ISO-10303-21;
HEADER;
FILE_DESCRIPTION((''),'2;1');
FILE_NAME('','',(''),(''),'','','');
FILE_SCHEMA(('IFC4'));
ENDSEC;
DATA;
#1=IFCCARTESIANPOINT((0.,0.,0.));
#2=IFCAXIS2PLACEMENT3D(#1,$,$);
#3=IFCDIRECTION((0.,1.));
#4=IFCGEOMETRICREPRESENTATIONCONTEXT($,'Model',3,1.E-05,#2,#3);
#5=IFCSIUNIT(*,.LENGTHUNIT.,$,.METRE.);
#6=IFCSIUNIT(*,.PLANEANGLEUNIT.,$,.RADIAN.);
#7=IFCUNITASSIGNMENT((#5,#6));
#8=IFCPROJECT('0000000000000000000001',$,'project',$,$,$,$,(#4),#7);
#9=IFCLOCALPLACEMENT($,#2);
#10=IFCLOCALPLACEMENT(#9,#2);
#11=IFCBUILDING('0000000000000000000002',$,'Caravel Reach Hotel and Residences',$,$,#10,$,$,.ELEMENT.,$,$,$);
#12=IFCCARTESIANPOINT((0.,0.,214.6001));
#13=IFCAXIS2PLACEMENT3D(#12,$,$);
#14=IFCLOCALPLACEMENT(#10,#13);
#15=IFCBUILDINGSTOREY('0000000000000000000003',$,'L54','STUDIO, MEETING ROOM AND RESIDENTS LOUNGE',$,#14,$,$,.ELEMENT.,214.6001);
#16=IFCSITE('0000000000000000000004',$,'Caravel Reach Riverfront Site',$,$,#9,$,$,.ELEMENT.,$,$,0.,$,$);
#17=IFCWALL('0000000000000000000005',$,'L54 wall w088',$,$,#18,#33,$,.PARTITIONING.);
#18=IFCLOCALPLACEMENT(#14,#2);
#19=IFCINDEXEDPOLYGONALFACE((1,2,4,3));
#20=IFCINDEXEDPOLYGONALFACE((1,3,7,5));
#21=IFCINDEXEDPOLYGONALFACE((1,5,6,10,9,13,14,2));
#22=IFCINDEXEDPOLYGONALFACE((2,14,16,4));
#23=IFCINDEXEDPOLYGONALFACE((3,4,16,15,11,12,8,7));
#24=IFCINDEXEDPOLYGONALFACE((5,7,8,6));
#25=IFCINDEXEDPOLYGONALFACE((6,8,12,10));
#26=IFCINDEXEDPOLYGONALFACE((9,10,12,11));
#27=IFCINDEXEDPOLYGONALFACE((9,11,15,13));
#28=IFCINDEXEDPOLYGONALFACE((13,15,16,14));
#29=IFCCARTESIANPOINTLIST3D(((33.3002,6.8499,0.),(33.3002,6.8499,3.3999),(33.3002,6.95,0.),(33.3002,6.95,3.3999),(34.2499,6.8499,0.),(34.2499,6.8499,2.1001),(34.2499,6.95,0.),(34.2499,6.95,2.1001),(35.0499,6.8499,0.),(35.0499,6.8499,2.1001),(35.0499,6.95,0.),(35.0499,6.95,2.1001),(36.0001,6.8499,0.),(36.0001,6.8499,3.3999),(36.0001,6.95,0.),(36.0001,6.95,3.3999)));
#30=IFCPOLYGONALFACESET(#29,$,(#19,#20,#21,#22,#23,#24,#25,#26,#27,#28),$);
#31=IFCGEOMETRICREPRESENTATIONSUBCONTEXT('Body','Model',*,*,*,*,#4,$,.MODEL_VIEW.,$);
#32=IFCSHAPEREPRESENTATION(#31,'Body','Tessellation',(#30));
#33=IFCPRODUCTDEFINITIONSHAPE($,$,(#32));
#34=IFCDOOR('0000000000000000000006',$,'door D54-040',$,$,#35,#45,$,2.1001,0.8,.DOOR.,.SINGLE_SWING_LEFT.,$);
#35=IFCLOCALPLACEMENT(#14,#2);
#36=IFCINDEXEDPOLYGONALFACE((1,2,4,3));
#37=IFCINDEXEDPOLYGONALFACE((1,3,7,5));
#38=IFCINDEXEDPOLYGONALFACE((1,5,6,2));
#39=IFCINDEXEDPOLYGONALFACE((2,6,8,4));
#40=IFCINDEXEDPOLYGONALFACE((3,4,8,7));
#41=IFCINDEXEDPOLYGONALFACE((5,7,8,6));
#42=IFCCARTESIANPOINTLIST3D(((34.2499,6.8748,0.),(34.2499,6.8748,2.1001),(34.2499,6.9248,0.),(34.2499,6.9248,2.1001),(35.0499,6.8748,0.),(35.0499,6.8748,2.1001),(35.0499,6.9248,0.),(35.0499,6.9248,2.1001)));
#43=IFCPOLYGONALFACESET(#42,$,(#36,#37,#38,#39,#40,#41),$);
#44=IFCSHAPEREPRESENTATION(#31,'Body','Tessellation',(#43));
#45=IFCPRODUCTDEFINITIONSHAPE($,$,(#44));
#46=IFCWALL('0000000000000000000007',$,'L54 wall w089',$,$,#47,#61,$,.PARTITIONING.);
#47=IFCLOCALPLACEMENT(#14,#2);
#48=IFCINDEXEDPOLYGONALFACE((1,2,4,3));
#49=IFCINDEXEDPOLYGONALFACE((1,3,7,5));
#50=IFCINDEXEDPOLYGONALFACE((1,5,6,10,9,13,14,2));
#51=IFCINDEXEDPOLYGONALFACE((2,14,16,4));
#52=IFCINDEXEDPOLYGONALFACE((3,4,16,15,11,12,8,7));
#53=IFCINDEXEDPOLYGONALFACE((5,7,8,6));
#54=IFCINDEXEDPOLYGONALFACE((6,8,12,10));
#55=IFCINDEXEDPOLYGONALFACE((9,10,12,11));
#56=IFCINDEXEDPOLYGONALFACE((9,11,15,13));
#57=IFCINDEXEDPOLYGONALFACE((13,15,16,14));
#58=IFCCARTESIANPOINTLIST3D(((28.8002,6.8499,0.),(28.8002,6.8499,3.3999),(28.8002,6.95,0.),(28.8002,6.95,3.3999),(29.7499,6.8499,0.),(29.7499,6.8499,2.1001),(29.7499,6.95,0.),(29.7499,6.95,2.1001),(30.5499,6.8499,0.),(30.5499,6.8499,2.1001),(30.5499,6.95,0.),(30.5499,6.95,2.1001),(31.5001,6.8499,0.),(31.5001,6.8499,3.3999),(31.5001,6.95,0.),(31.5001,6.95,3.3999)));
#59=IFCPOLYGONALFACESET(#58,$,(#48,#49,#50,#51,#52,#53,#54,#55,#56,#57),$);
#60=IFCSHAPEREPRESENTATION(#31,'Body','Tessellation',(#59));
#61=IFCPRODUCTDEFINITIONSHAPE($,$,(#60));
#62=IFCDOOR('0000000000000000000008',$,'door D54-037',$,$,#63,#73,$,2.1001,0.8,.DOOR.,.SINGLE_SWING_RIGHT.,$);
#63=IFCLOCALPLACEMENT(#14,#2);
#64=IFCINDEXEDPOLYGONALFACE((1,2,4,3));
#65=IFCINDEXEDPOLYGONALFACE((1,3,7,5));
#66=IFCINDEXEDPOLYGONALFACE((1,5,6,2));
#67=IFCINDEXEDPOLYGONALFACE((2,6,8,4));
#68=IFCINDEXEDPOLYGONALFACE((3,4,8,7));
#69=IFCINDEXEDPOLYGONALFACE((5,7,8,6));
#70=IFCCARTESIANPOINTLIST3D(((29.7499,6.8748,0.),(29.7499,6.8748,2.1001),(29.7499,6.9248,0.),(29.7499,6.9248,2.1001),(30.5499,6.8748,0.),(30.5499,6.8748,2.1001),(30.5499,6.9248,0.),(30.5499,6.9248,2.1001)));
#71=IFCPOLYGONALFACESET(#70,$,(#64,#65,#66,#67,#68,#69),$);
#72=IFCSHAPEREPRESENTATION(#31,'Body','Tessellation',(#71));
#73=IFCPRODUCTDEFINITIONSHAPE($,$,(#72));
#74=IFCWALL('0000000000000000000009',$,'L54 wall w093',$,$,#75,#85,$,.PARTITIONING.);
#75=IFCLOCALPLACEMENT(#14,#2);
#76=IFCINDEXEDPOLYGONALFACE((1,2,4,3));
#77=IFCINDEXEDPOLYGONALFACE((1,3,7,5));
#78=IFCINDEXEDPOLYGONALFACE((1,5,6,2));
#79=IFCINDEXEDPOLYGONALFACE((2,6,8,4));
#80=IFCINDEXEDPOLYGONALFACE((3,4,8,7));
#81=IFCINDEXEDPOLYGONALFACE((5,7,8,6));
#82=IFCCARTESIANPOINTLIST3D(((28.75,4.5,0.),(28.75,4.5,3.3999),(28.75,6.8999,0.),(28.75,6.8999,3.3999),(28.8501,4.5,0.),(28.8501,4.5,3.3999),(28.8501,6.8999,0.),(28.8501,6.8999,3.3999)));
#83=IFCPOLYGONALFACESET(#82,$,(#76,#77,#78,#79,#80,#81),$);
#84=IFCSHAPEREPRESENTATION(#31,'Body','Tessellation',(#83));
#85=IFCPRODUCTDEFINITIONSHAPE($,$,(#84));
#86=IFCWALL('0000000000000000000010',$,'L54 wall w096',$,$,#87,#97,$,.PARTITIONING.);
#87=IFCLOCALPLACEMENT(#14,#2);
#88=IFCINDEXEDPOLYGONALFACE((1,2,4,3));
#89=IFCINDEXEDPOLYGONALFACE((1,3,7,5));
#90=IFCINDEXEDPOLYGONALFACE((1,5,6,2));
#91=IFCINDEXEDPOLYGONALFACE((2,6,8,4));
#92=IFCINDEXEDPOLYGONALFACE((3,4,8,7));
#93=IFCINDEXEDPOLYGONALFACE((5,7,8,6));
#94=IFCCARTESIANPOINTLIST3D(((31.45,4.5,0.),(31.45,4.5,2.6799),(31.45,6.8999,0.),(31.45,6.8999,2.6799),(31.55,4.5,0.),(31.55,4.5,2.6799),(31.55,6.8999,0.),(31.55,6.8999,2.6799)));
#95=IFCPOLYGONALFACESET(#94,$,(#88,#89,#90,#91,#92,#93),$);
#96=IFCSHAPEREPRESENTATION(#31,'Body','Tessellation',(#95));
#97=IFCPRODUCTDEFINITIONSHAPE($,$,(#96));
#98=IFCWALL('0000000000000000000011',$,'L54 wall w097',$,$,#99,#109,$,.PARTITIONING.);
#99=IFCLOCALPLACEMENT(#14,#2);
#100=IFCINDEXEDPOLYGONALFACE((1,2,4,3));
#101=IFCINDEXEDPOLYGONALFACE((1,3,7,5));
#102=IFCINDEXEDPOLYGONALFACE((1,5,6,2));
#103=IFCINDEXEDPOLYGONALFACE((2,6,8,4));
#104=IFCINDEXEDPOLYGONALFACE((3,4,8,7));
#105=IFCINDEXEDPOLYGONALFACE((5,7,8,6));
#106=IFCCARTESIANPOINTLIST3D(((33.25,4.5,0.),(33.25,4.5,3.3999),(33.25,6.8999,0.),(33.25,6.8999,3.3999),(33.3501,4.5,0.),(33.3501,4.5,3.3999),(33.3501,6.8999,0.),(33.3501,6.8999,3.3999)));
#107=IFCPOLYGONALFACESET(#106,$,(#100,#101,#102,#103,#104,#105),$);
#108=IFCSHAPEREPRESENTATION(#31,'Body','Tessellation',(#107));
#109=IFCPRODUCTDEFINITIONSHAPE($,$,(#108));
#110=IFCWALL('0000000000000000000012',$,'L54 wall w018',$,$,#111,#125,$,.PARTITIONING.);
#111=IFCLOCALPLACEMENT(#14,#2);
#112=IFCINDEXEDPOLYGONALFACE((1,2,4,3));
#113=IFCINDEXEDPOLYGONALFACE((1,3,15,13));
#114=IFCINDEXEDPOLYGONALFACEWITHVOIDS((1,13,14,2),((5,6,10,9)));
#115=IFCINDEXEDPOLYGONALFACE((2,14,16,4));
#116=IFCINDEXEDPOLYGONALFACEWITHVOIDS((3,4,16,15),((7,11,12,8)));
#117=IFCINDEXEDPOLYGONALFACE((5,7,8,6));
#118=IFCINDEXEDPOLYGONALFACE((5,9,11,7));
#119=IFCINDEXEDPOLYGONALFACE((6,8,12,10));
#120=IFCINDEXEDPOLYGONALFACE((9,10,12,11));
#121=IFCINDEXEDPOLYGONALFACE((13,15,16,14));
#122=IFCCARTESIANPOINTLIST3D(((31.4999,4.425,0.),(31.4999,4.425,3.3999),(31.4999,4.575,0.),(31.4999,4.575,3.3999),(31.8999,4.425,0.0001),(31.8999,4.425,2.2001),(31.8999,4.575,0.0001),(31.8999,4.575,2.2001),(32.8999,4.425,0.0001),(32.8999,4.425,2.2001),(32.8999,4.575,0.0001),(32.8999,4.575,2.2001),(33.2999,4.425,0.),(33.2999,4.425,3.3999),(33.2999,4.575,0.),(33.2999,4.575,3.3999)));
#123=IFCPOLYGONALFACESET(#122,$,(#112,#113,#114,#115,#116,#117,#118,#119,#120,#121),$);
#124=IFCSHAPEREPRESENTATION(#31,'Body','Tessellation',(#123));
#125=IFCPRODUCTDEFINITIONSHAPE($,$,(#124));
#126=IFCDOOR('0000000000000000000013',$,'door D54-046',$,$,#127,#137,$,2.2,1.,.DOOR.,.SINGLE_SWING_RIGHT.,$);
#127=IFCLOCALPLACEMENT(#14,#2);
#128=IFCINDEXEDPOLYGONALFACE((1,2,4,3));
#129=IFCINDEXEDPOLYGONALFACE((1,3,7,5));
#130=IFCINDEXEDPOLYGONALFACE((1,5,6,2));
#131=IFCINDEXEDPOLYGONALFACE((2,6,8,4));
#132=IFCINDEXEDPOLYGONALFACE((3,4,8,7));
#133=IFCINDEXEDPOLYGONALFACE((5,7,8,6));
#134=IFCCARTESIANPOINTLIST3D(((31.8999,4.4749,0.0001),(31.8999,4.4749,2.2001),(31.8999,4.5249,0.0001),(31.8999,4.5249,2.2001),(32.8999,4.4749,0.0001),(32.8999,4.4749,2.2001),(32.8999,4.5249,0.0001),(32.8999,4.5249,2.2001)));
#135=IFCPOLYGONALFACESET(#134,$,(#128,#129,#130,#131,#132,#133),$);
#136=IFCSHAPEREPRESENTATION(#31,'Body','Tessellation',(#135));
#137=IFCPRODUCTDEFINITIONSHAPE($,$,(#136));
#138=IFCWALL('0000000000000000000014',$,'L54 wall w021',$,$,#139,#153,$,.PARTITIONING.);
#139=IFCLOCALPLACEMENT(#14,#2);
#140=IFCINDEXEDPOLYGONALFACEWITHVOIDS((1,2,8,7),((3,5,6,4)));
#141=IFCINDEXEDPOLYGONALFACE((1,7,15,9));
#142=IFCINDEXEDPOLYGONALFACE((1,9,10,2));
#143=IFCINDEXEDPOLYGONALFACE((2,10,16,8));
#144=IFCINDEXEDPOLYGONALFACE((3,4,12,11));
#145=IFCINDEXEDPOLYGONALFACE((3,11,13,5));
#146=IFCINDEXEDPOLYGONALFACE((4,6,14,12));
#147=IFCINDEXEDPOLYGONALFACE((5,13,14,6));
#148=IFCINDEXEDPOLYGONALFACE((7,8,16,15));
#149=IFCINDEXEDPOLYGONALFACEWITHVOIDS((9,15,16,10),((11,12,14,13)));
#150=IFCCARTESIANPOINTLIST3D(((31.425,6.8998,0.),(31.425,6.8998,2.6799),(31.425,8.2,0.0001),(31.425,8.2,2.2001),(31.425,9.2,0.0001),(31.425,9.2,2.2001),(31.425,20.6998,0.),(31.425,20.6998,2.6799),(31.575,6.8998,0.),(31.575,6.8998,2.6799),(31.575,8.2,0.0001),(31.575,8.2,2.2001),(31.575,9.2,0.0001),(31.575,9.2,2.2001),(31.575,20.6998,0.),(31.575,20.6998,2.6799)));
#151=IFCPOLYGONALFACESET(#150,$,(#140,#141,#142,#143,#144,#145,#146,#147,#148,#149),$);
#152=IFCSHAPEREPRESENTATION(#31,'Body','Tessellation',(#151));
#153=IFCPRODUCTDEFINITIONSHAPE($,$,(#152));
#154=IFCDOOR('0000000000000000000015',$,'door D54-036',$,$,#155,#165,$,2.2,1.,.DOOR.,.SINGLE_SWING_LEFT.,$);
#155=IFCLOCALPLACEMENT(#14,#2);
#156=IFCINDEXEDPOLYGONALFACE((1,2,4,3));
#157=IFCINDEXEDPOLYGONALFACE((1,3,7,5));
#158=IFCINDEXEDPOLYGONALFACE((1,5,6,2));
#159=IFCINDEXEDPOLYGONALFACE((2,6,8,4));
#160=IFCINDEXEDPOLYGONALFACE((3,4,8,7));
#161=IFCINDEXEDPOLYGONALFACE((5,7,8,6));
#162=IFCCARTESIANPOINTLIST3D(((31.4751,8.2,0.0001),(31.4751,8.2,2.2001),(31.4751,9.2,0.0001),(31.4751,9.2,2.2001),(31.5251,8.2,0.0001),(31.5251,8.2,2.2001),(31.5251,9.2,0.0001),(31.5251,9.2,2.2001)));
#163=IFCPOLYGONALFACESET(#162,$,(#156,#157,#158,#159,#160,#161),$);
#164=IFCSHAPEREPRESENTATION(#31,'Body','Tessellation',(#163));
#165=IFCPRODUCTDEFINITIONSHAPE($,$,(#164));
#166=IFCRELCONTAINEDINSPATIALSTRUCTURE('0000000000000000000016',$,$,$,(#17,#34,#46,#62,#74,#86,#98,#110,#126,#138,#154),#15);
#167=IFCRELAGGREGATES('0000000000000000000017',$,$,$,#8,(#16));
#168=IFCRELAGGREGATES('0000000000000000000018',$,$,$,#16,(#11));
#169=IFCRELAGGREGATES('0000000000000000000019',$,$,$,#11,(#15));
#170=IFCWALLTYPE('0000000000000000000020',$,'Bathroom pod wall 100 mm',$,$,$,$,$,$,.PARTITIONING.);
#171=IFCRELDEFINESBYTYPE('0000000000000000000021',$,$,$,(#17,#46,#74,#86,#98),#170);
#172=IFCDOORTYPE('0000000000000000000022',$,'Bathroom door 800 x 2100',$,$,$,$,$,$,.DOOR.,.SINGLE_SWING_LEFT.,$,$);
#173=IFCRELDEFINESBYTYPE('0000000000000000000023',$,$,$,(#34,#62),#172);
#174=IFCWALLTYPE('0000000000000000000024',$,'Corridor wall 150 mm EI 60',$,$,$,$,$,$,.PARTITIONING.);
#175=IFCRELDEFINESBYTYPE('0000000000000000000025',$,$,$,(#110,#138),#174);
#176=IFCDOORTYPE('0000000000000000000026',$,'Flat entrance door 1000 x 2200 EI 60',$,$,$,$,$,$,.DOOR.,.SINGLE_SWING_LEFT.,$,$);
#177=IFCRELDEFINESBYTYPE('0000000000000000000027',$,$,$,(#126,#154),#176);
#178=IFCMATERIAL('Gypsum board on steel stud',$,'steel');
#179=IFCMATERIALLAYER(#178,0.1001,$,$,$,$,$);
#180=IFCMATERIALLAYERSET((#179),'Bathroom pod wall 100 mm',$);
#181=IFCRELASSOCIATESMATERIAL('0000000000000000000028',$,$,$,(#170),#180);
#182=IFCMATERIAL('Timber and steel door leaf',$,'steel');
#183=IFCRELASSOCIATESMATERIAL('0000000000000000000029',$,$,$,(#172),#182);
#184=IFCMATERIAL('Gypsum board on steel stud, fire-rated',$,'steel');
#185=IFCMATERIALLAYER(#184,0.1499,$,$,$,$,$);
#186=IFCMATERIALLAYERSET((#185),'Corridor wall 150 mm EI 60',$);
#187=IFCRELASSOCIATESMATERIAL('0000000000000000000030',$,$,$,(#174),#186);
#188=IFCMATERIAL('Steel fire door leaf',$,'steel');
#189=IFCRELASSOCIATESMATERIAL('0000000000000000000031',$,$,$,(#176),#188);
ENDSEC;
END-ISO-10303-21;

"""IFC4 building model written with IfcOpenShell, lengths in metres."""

from ifc_helpers import new_model, si_unit, direction, frame, frame_2d, origin, place, context, subcontext, project, spatial, rectangle, extrude, material, layer, layer_set, type_object, element, fill, save


model = new_model("IFC4")

# Units and contexts
model_context = context("Model", 3, precision=1e-05, world=origin(), true_north=direction((0.0, 1.0)))
body_context = subcontext(model_context, "Body", "Model", "MODEL_VIEW")
ifc_project = project(units=[si_unit("LENGTHUNIT", "METRE"), si_unit("PLANEANGLEUNIT", "RADIAN")], contexts=[model_context])

# Site, building, storey
site_placement = place(None, origin())
site = spatial("IfcSite", under=ifc_project, at=site_placement, Name="Caravel Reach Riverfront Site", CompositionType="ELEMENT", RefElevation=0.0)
building_placement = place(site_placement, origin())
building = spatial("IfcBuilding", under=site, at=building_placement, Name="Caravel Reach Hotel and Residences", CompositionType="ELEMENT")
storey_placement = place(building_placement, frame((0.0, 0.0, 214.6001)))
storey = spatial("IfcBuildingStorey", under=building, at=storey_placement, Name="L54", Description="STUDIO, MEETING ROOM AND RESIDENTS LOUNGE", CompositionType="ELEMENT", Elevation=214.6001)

# Shared definitions
ifc_material_1 = material(Name="Gypsum board on steel stud", Category="steel")
ifc_layer_1 = layer(ifc_material_1, 0.1001)
ifc_layer_set_1 = layer_set([ifc_layer_1], Name="Bathroom pod wall 100 mm")
wall_type_1 = type_object("IfcWallType", Name="Bathroom pod wall 100 mm", PredefinedType="PARTITIONING", material=ifc_layer_set_1)

# Walls, openings, doors
wall_1_placement = place(storey_placement, frame((33.3, 6.8999, 0.0), z_axis=(0.0, 0.0, 1.0), x_axis=(1.0, 0.0, 0.0)))
wall_1 = element("IfcWall", 1, at=wall_1_placement, inside=storey, type_object=wall_type_1, Name="L54 wall w088", PredefinedType="PARTITIONING", context=body_context, shape_type="SweptSolid", body=[
    extrude(rectangle(XDim=2.7, YDim=0.1001, at=frame_2d((1.3501, 0.0))), origin(), (0.0, 0.0, 1.0), 3.3999),
])
opening_1_placement = place(wall_1_placement, frame((0.95, 0.0, 0.0)))
opening_1 = element("IfcOpeningElement", 2, at=opening_1_placement, cuts=wall_1, PredefinedType="OPENING", context=body_context, shape_type="SweptSolid", body=[
    extrude(rectangle(XDim=0.8, YDim=2.1001, at=frame_2d((0.3999, 1.05))), frame((0.0, 0.0601, 0.0), z_axis=(0.0, -1.0, 0.0), x_axis=(1.0, 0.0, 0.0)), (0.0, 0.0, 1.0), 0.1201),
])
ifc_material_2 = material(Name="Timber and steel door leaf", Category="steel")
door_type_1 = type_object("IfcDoorType", Name="Bathroom door 800 x 2100", OperationType="SINGLE_SWING_LEFT", PredefinedType="DOOR", material=ifc_material_2)
door_1_placement = place(opening_1_placement, origin())
door_1 = element("IfcDoor", 3, at=door_1_placement, inside=storey, type_object=door_type_1, Name="door D54-040", OperationType="SINGLE_SWING_LEFT", OverallHeight=2.1001, OverallWidth=0.8, PredefinedType="DOOR", context=body_context, shape_type="SweptSolid", body=[
    extrude(rectangle(XDim=0.8, YDim=2.1001, at=frame_2d((0.3999, 1.05))), frame((0.0, 0.0249, 0.0), z_axis=(0.0, -1.0, 0.0), x_axis=(1.0, 0.0, 0.0)), (0.0, 0.0, 1.0), 0.05),
])
fill(opening_1, door_1)
wall_2_placement = place(storey_placement, frame((28.8, 6.8999, 0.0), z_axis=(0.0, 0.0, 1.0), x_axis=(1.0, 0.0, 0.0)))
wall_2 = element("IfcWall", 4, at=wall_2_placement, inside=storey, type_object=wall_type_1, Name="L54 wall w089", PredefinedType="PARTITIONING", context=body_context, shape_type="SweptSolid", body=[
    extrude(rectangle(XDim=2.7, YDim=0.1001, at=frame_2d((1.3501, 0.0))), origin(), (0.0, 0.0, 1.0), 3.3999),
])
opening_2_placement = place(wall_2_placement, frame((0.95, 0.0, 0.0)))
opening_2 = element("IfcOpeningElement", 5, at=opening_2_placement, cuts=wall_2, PredefinedType="OPENING", context=body_context, shape_type="SweptSolid", body=[
    extrude(rectangle(XDim=0.8, YDim=2.1001, at=frame_2d((0.3999, 1.05))), frame((0.0, 0.0601, 0.0), z_axis=(0.0, -1.0, 0.0), x_axis=(1.0, 0.0, 0.0)), (0.0, 0.0, 1.0), 0.1201),
])
door_2_placement = place(opening_2_placement, origin())
door_2 = element("IfcDoor", 6, at=door_2_placement, inside=storey, type_object=door_type_1, Name="door D54-037", OperationType="SINGLE_SWING_RIGHT", OverallHeight=2.1001, OverallWidth=0.8, PredefinedType="DOOR", context=body_context, shape_type="SweptSolid", body=[
    extrude(rectangle(XDim=0.8, YDim=2.1001, at=frame_2d((0.3999, 1.05))), frame((0.0, 0.0249, 0.0), z_axis=(0.0, -1.0, 0.0), x_axis=(1.0, 0.0, 0.0)), (0.0, 0.0, 1.0), 0.05),
])
fill(opening_2, door_2)

# Walls
wall_3_placement = place(storey_placement, frame((28.8, 4.5, 0.0), z_axis=(0.0, 0.0, 1.0), x_axis=(0.0, 1.0, 0.0)))
element("IfcWall", 7, at=wall_3_placement, inside=storey, type_object=wall_type_1, Name="L54 wall w093", PredefinedType="PARTITIONING", context=body_context, shape_type="SweptSolid", body=[
    extrude(rectangle(XDim=2.3999, YDim=0.1001, at=frame_2d((1.2, 0.0))), origin(), (0.0, 0.0, 1.0), 3.3999),
])
wall_4_placement = place(storey_placement, frame((31.5, 4.5, 0.0), z_axis=(0.0, 0.0, 1.0), x_axis=(0.0, 1.0, 0.0)))
element("IfcWall", 8, at=wall_4_placement, inside=storey, type_object=wall_type_1, Name="L54 wall w096", PredefinedType="PARTITIONING", context=body_context, shape_type="SweptSolid", body=[
    extrude(rectangle(XDim=2.3999, YDim=0.1001, at=frame_2d((1.2, 0.0))), origin(), (0.0, 0.0, 1.0), 2.6799),
])
wall_5_placement = place(storey_placement, frame((33.3, 4.5, 0.0), z_axis=(0.0, 0.0, 1.0), x_axis=(0.0, 1.0, 0.0)))
element("IfcWall", 9, at=wall_5_placement, inside=storey, type_object=wall_type_1, Name="L54 wall w097", PredefinedType="PARTITIONING", context=body_context, shape_type="SweptSolid", body=[
    extrude(rectangle(XDim=2.3999, YDim=0.1001, at=frame_2d((1.2, 0.0))), origin(), (0.0, 0.0, 1.0), 3.3999),
])

# Walls, openings, doors
ifc_material_3 = material(Name="Gypsum board on steel stud, fire-rated", Category="steel")
ifc_layer_2 = layer(ifc_material_3, 0.1499)
ifc_layer_set_2 = layer_set([ifc_layer_2], Name="Corridor wall 150 mm EI 60")
wall_type_2 = type_object("IfcWallType", Name="Corridor wall 150 mm EI 60", PredefinedType="PARTITIONING", material=ifc_layer_set_2)
wall_6_placement = place(storey_placement, frame((31.5, 4.5, 0.0), z_axis=(0.0, 0.0, 1.0), x_axis=(1.0, 0.0, 0.0)))
wall_6 = element("IfcWall", 10, at=wall_6_placement, inside=storey, type_object=wall_type_2, Name="L54 wall w018", PredefinedType="PARTITIONING", context=body_context, shape_type="SweptSolid", body=[
    extrude(rectangle(XDim=1.8, YDim=0.1499, at=frame_2d((0.8999, 0.0))), origin(), (0.0, 0.0, 1.0), 3.3999),
])
opening_3_placement = place(wall_6_placement, frame((0.3999, 0.0, 0.0)))
opening_3 = element("IfcOpeningElement", 11, at=opening_3_placement, cuts=wall_6, PredefinedType="OPENING", context=body_context, shape_type="SweptSolid", body=[
    extrude(rectangle(XDim=1.0, YDim=2.2, at=frame_2d((0.5, 1.1001))), frame((0.0, 0.085, 0.0), z_axis=(0.0, -1.0, 0.0), x_axis=(1.0, 0.0, 0.0)), (0.0, 0.0, 1.0), 0.1699),
])
ifc_material_4 = material(Name="Steel fire door leaf", Category="steel")
door_type_2 = type_object("IfcDoorType", Name="Flat entrance door 1000 x 2200 EI 60", OperationType="SINGLE_SWING_LEFT", PredefinedType="DOOR", material=ifc_material_4)
door_3_placement = place(opening_3_placement, origin())
door_3 = element("IfcDoor", 12, at=door_3_placement, inside=storey, type_object=door_type_2, Name="door D54-046", OperationType="SINGLE_SWING_RIGHT", OverallHeight=2.2, OverallWidth=1.0, PredefinedType="DOOR", context=body_context, shape_type="SweptSolid", body=[
    extrude(rectangle(XDim=1.0, YDim=2.2, at=frame_2d((0.5, 1.1001))), frame((0.0, 0.0249, 0.0), z_axis=(0.0, -1.0, 0.0), x_axis=(1.0, 0.0, 0.0)), (0.0, 0.0, 1.0), 0.05),
])
fill(opening_3, door_3)
wall_7_placement = place(storey_placement, frame((31.5, 6.8999, 0.0), z_axis=(0.0, 0.0, 1.0), x_axis=(0.0, 1.0, 0.0)))
wall_7 = element("IfcWall", 13, at=wall_7_placement, inside=storey, type_object=wall_type_2, Name="L54 wall w021", PredefinedType="PARTITIONING", context=body_context, shape_type="SweptSolid", body=[
    extrude(rectangle(XDim=13.8, YDim=0.1499, at=frame_2d((6.8999, 0.0))), origin(), (0.0, 0.0, 1.0), 2.6799),
])
opening_4_placement = place(wall_7_placement, frame((1.3, 0.0, 0.0)))
opening_4 = element("IfcOpeningElement", 14, at=opening_4_placement, cuts=wall_7, PredefinedType="OPENING", context=body_context, shape_type="SweptSolid", body=[
    extrude(rectangle(XDim=1.0, YDim=2.2, at=frame_2d((0.5, 1.1001))), frame((0.0, 0.085, 0.0), z_axis=(0.0, -1.0, 0.0), x_axis=(1.0, 0.0, 0.0)), (0.0, 0.0, 1.0), 0.1699),
])
door_4_placement = place(opening_4_placement, origin())
door_4 = element("IfcDoor", 15, at=door_4_placement, inside=storey, type_object=door_type_2, Name="door D54-036", OperationType="SINGLE_SWING_LEFT", OverallHeight=2.2, OverallWidth=1.0, PredefinedType="DOOR", context=body_context, shape_type="SweptSolid", body=[
    extrude(rectangle(XDim=1.0, YDim=2.2, at=frame_2d((0.5, 1.1001))), frame((0.0, 0.0249, 0.0), z_axis=(0.0, -1.0, 0.0), x_axis=(1.0, 0.0, 0.0)), (0.0, 0.0, 1.0), 0.05),
])
fill(opening_4, door_4)

save(model, "model.ifc")
